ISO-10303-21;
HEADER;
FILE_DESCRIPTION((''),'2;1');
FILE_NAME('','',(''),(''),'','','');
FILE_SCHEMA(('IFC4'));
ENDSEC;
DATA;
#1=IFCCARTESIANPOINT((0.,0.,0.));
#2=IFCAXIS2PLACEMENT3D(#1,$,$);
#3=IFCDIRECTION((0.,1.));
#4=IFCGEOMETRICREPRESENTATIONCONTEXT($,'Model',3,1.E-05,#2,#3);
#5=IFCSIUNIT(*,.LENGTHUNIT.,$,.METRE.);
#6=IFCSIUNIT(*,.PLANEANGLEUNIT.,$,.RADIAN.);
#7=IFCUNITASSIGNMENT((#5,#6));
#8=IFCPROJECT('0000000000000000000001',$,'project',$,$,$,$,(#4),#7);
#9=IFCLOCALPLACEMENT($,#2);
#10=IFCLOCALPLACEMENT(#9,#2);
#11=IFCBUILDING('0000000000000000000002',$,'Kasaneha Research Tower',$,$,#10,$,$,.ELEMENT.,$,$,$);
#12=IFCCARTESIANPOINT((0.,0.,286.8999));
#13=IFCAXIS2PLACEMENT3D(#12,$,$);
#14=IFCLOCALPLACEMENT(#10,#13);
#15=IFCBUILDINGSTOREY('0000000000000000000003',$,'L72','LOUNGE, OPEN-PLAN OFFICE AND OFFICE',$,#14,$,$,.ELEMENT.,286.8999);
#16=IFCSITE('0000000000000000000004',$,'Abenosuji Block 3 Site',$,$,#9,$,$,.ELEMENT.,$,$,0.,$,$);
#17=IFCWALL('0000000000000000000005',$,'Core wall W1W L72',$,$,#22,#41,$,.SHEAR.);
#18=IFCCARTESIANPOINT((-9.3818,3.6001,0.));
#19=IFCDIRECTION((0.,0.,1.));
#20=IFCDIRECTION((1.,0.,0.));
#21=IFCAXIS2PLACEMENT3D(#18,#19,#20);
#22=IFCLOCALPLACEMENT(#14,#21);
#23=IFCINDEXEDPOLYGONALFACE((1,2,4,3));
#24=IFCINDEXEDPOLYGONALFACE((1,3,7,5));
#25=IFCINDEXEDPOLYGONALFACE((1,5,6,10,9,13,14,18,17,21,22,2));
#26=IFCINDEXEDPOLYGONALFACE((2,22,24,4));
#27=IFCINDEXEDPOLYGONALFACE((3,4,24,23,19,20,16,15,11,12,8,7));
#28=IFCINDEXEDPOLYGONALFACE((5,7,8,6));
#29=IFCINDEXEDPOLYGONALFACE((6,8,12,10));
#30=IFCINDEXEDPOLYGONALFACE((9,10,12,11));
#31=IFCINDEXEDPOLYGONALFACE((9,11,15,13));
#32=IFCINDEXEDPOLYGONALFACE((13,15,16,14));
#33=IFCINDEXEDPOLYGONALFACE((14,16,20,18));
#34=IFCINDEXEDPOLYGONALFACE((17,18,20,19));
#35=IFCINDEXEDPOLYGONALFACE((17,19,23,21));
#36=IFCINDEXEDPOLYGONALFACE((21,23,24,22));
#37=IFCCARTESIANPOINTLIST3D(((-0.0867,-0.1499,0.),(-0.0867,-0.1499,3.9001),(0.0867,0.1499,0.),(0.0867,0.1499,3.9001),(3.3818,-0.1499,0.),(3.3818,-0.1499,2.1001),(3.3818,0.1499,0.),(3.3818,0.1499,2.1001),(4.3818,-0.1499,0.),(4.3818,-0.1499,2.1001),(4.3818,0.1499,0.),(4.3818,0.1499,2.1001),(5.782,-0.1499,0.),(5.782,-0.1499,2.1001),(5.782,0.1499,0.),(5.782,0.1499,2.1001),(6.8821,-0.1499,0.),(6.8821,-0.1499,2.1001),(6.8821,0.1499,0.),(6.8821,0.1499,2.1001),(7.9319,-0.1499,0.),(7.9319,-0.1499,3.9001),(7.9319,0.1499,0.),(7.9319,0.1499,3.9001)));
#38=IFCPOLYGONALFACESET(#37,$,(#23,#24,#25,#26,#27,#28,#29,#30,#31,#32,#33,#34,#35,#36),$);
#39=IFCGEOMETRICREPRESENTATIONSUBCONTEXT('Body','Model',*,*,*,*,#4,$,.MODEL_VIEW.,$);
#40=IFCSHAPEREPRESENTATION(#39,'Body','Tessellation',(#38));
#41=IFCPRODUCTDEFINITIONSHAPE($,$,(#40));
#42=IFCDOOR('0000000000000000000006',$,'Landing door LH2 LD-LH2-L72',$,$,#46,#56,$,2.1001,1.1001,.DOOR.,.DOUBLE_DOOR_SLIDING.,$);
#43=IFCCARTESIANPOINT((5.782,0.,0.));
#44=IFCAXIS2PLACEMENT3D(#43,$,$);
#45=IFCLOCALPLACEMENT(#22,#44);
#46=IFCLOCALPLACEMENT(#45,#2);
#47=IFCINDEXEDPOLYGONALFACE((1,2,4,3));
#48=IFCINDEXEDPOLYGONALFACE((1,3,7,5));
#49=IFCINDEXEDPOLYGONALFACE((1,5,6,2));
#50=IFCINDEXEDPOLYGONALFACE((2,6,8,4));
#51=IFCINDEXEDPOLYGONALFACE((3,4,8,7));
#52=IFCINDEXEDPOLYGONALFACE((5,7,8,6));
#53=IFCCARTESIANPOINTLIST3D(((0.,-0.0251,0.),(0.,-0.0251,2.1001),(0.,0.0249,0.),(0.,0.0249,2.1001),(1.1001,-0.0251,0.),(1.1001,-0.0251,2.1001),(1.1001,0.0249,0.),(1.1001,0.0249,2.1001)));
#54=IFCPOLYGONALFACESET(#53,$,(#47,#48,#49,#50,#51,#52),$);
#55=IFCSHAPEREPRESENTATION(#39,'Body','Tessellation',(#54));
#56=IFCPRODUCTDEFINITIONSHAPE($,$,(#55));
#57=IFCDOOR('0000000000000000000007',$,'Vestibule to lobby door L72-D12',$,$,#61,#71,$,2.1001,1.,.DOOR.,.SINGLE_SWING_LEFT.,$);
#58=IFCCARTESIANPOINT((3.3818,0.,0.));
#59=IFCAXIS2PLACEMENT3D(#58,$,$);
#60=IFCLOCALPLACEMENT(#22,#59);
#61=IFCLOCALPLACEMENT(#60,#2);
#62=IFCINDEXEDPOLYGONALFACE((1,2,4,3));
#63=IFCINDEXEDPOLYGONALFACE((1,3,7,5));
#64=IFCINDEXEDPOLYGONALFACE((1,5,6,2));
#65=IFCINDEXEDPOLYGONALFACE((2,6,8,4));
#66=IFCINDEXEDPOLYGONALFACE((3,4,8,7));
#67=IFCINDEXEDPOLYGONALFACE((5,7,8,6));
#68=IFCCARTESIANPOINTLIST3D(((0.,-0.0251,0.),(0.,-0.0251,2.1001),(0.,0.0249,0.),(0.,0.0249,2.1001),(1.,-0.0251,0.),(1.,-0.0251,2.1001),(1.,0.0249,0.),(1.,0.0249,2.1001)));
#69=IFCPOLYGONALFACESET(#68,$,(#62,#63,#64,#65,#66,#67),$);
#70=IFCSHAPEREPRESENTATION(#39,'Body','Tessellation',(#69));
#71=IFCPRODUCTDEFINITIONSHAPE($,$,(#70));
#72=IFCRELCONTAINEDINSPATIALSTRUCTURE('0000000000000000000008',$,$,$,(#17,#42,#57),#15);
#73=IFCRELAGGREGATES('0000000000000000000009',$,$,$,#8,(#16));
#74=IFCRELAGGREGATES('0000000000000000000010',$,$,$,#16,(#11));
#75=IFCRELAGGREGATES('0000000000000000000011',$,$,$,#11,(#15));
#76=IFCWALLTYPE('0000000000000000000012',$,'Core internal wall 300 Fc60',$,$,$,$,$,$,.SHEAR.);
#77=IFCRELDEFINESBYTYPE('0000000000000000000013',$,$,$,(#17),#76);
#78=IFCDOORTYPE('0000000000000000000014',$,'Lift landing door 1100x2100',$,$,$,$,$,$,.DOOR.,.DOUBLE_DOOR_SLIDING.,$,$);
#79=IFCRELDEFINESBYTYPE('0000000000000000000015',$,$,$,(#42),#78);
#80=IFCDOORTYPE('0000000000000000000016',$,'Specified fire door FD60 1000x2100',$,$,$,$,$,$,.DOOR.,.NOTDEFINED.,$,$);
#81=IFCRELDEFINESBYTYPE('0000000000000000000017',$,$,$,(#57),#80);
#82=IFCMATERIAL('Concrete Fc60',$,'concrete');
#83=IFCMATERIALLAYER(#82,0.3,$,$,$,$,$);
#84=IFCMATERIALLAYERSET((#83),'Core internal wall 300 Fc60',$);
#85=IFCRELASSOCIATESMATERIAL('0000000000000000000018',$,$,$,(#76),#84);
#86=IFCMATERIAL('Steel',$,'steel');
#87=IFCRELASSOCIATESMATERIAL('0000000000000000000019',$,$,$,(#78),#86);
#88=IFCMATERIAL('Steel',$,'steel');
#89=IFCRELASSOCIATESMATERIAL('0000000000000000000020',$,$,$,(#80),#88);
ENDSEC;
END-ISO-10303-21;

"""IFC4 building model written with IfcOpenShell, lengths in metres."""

from ifc_helpers import new_model, si_unit, direction, frame, frame_2d, origin, place, context, subcontext, project, spatial, polyline, rectangle, outline, extrude, material, layer, layer_set, type_object, element, fill, save


model = new_model("IFC4")

# Units and contexts
model_context = context("Model", 3, precision=1e-05, world=origin(), true_north=direction((0.0, 1.0)))
body_context = subcontext(model_context, "Body", "Model", "MODEL_VIEW")
ifc_project = project(units=[si_unit("LENGTHUNIT", "METRE"), si_unit("PLANEANGLEUNIT", "RADIAN")], contexts=[model_context])

# Site, building, storey
site_placement = place(None, origin())
site = spatial("IfcSite", under=ifc_project, at=site_placement, Name="Abenosuji Block 3 Site", CompositionType="ELEMENT", RefElevation=0.0)
building_placement = place(site_placement, origin())
building = spatial("IfcBuilding", under=site, at=building_placement, Name="Kasaneha Research Tower", CompositionType="ELEMENT")
storey_placement = place(building_placement, frame((0.0, 0.0, 286.8999)))
storey = spatial("IfcBuildingStorey", under=building, at=storey_placement, Name="L72", Description="LOUNGE, OPEN-PLAN OFFICE AND OFFICE", CompositionType="ELEMENT", Elevation=286.8999)

# Wall, openings, doors
ifc_material_1 = material(Name="Concrete Fc60", Category="concrete")
ifc_layer_1 = layer(ifc_material_1, 0.3)
ifc_layer_set_1 = layer_set([ifc_layer_1], Name="Core internal wall 300 Fc60")
wall_type_1 = type_object("IfcWallType", Name="Core internal wall 300 Fc60", PredefinedType="SHEAR", material=ifc_layer_set_1)
wall_1_placement = place(storey_placement, frame((-9.3818, 3.6001, 0.0), z_axis=(0.0, 0.0, 1.0), x_axis=(1.0, 0.0, 0.0)))
wall_1 = element("IfcWall", 1, at=wall_1_placement, inside=storey, type_object=wall_type_1, Name="Core wall W1W L72", PredefinedType="SHEAR", context=body_context, shape_type="SweptSolid", body=[
    extrude(outline(polyline([(-0.0867, -0.1499), (3.3818, -0.1499), (4.3818, -0.1499), (5.782, -0.1499), (6.8821, -0.1499), (7.9319, -0.1499), (7.9319, 0.1499), (6.8821, 0.1499), (5.782, 0.1499), (4.3818, 0.1499), (3.3818, 0.1499), (0.0867, 0.1499), (-0.0867, -0.1499)])), origin(), (0.0, 0.0, 1.0), 3.9001),
])
opening_1_placement = place(wall_1_placement, frame((3.3818, 0.0, 0.0)))
opening_1 = element("IfcOpeningElement", 2, at=opening_1_placement, cuts=wall_1, PredefinedType="OPENING", context=body_context, shape_type="SweptSolid", body=[
    extrude(rectangle(XDim=1.0, YDim=2.1001, at=frame_2d((0.5, 1.05))), frame((0.0, 0.1602, 0.0), z_axis=(0.0, -1.0, 0.0), x_axis=(1.0, 0.0, 0.0)), (0.0, 0.0, 1.0), 0.3201),
])
opening_2_placement = place(wall_1_placement, frame((5.782, 0.0, 0.0)))
opening_2 = element("IfcOpeningElement", 3, at=opening_2_placement, cuts=wall_1, PredefinedType="OPENING", context=body_context, shape_type="SweptSolid", body=[
    extrude(rectangle(XDim=1.1001, YDim=2.1001, at=frame_2d((0.55, 1.05))), frame((0.0, 0.1602, 0.0), z_axis=(0.0, -1.0, 0.0), x_axis=(1.0, 0.0, 0.0)), (0.0, 0.0, 1.0), 0.3201),
])
ifc_material_2 = material(Name="Steel", Category="steel")
door_type_1 = type_object("IfcDoorType", Name="Lift landing door 1100x2100", OperationType="DOUBLE_DOOR_SLIDING", PredefinedType="DOOR", material=ifc_material_2)
door_1_placement = place(opening_2_placement, origin())
door_1 = element("IfcDoor", 4, at=door_1_placement, inside=storey, type_object=door_type_1, Name="Landing door LH2 LD-LH2-L72", OperationType="DOUBLE_DOOR_SLIDING", OverallHeight=2.1001, OverallWidth=1.1001, PredefinedType="DOOR", context=body_context, shape_type="SweptSolid", body=[
    extrude(rectangle(XDim=1.1001, YDim=2.1001, at=frame_2d((0.55, 1.05))), frame((0.0, 0.0249, 0.0), z_axis=(0.0, -1.0, 0.0), x_axis=(1.0, 0.0, 0.0)), (0.0, 0.0, 1.0), 0.05),
])
fill(opening_2, door_1)
ifc_material_3 = material(Name="Steel", Category="steel")
door_type_2 = type_object("IfcDoorType", Name="Specified fire door FD60 1000x2100", OperationType="NOTDEFINED", PredefinedType="DOOR", material=ifc_material_3)
door_2_placement = place(opening_1_placement, origin())
door_2 = element("IfcDoor", 5, at=door_2_placement, inside=storey, type_object=door_type_2, Name="Vestibule to lobby door L72-D12", OperationType="SINGLE_SWING_LEFT", OverallHeight=2.1001, OverallWidth=1.0, PredefinedType="DOOR", context=body_context, shape_type="SweptSolid", body=[
    extrude(rectangle(XDim=1.0, YDim=2.1001, at=frame_2d((0.5, 1.05))), frame((0.0, 0.0249, 0.0), z_axis=(0.0, -1.0, 0.0), x_axis=(1.0, 0.0, 0.0)), (0.0, 0.0, 1.0), 0.05),
])
fill(opening_1, door_2)

save(model, "model.ifc")
